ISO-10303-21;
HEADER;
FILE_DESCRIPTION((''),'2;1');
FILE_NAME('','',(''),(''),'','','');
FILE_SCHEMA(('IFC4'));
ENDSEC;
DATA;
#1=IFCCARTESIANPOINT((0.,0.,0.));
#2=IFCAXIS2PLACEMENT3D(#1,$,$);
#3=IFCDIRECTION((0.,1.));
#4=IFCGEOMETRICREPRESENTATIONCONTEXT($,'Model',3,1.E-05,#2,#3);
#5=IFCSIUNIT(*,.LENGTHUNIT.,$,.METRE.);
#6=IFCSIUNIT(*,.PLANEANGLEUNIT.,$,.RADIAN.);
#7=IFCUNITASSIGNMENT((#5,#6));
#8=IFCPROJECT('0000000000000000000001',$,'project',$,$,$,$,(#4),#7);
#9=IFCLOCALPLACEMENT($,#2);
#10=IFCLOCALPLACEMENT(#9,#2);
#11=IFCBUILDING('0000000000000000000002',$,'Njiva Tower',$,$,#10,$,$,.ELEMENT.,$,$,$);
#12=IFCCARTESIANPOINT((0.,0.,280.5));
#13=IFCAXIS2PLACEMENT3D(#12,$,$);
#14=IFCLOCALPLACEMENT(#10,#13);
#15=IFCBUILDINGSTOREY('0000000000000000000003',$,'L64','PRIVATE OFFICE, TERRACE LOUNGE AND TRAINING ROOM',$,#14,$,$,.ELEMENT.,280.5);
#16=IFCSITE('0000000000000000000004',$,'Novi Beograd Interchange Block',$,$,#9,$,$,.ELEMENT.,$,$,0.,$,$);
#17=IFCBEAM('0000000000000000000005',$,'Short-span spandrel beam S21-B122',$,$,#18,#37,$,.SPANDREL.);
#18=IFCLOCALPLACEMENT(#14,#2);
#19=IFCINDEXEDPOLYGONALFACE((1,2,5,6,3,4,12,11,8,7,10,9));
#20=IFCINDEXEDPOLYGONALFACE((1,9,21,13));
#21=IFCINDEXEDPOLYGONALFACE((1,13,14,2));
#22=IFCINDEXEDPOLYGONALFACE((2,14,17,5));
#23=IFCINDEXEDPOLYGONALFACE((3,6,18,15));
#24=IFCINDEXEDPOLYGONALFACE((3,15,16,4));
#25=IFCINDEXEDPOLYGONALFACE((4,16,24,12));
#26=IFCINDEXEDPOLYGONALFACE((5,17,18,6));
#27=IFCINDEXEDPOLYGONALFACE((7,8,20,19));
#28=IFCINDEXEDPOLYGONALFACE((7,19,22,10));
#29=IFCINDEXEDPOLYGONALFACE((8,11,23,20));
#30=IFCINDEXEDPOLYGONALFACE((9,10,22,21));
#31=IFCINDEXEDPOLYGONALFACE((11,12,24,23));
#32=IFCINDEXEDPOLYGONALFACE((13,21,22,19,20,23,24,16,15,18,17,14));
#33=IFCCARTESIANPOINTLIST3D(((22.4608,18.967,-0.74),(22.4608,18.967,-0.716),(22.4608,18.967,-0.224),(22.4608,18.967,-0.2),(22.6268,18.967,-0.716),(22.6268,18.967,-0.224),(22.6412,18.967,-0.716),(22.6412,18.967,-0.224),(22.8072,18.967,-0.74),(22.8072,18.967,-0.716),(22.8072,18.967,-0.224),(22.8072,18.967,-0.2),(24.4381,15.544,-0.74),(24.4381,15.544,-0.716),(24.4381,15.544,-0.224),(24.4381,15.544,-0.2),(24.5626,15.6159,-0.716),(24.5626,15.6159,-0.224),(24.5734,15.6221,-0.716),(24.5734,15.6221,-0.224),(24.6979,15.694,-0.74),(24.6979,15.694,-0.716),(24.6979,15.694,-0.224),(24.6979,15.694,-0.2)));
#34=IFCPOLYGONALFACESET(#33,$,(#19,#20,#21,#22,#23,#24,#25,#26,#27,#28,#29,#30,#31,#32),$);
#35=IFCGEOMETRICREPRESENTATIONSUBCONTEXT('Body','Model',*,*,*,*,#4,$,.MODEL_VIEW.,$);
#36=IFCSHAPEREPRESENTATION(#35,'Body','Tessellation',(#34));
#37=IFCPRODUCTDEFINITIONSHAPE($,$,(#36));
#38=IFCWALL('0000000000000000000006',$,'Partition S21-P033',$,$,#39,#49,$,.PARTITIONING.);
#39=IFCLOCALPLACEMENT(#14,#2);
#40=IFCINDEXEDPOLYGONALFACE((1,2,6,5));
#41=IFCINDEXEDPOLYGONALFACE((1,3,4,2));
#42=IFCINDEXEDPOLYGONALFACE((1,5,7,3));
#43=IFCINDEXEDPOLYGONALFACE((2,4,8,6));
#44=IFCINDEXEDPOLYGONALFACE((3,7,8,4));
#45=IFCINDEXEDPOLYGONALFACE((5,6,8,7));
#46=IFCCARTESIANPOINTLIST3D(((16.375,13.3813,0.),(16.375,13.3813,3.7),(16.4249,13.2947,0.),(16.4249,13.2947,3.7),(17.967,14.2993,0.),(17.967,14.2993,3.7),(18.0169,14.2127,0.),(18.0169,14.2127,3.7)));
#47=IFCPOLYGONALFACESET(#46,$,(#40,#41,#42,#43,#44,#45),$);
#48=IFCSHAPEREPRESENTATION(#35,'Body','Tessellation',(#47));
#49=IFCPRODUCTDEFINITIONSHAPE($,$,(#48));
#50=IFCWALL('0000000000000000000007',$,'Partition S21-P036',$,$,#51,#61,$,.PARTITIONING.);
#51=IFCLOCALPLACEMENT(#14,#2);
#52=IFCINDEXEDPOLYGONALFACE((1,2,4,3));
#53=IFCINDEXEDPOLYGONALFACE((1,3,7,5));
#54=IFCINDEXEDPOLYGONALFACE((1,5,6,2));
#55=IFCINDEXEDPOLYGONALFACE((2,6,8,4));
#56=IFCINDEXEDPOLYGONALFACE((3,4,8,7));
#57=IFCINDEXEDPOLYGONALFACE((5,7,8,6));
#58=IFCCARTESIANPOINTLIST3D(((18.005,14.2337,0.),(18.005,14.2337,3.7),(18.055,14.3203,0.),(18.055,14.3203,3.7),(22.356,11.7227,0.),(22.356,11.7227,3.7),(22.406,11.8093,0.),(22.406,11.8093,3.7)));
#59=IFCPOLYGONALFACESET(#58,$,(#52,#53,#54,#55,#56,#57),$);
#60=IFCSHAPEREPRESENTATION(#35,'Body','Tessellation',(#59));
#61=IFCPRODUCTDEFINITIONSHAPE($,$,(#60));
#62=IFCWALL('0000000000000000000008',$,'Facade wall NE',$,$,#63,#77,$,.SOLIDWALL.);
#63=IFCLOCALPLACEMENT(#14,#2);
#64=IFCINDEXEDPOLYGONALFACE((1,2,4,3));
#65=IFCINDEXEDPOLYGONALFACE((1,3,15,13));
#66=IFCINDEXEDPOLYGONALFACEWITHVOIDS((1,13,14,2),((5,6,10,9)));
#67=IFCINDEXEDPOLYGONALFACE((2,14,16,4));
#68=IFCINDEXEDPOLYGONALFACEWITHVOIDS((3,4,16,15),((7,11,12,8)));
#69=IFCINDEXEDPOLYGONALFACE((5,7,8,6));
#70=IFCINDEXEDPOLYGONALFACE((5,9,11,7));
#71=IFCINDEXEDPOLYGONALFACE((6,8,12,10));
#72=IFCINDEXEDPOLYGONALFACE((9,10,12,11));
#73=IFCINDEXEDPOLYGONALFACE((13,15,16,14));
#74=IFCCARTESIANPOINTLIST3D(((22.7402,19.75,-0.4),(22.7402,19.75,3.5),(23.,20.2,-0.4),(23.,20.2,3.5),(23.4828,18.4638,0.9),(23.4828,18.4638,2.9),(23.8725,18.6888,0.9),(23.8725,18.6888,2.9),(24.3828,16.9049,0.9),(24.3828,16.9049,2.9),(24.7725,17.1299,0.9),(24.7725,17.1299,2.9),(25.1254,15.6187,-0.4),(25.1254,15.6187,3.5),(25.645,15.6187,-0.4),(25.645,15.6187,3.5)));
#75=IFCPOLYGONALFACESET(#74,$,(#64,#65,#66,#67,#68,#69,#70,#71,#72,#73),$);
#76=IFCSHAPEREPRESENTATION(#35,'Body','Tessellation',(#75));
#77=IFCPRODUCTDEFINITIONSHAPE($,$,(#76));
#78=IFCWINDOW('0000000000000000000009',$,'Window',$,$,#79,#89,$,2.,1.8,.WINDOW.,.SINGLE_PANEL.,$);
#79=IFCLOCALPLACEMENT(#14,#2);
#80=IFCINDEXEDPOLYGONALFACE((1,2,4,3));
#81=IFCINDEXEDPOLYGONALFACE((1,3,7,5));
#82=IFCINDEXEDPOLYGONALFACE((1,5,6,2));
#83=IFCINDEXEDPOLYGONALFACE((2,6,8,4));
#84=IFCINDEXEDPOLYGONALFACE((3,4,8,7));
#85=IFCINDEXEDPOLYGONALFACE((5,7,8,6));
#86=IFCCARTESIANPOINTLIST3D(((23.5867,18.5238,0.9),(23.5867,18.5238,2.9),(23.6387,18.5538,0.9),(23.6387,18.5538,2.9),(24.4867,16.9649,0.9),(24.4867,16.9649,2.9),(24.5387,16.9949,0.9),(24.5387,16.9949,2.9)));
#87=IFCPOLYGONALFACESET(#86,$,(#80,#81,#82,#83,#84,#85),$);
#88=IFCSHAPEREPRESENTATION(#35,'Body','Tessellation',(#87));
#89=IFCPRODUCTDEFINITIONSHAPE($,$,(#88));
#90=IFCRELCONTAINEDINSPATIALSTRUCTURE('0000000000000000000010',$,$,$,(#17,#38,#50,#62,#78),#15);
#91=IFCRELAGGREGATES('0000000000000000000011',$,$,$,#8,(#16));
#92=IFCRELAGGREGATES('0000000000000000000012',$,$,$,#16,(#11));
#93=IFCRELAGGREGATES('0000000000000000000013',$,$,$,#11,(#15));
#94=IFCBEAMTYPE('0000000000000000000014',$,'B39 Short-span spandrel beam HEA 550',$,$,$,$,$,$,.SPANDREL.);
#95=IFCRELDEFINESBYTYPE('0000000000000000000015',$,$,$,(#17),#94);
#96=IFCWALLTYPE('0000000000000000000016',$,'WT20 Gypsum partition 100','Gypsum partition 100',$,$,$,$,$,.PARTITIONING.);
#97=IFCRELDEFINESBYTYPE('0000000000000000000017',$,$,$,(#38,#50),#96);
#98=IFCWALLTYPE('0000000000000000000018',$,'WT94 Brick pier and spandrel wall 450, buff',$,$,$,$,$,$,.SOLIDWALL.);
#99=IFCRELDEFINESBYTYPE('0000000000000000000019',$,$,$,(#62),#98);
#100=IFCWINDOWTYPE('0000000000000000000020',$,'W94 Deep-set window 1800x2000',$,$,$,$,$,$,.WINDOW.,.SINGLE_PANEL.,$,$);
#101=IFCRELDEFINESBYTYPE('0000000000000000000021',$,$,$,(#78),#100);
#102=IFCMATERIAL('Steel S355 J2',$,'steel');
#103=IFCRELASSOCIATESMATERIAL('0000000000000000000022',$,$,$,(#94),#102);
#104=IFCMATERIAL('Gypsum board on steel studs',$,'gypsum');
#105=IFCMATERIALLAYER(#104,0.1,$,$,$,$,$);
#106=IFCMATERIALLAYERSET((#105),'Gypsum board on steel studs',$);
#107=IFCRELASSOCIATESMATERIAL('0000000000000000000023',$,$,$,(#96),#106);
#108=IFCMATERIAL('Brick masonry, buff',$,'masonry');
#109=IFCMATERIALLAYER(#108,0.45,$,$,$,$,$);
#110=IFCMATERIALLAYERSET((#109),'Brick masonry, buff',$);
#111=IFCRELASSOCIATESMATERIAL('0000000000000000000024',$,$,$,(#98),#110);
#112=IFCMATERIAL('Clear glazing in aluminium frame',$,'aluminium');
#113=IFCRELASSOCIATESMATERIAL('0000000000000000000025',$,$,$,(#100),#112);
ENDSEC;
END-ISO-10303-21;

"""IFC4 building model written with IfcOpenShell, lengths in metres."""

from ifc_helpers import new_model, si_unit, direction, frame, frame_2d, origin, origin_2d, place, context, subcontext, project, spatial, polyline, rectangle, i_section, outline, extrude, clip, halfspace, material, layer, layer_set, material_profile, profile_set, type_object, element, fill, save


model = new_model("IFC4")

# Units and contexts
model_context = context("Model", 3, precision=1e-05, world=origin(), true_north=direction((0.0, 1.0)))
body_context = subcontext(model_context, "Body", "Model", "MODEL_VIEW")
ifc_project = project(units=[si_unit("LENGTHUNIT", "METRE"), si_unit("PLANEANGLEUNIT", "RADIAN")], contexts=[model_context])

# Site, building, storey
site_placement = place(None, origin())
site = spatial("IfcSite", under=ifc_project, at=site_placement, Name="Novi Beograd Interchange Block", CompositionType="ELEMENT", RefElevation=0.0)
building_placement = place(site_placement, origin())
building = spatial("IfcBuilding", under=site, at=building_placement, Name="Njiva Tower", CompositionType="ELEMENT")
storey_placement = place(building_placement, frame((0.0, 0.0, 280.5)))
storey = spatial("IfcBuildingStorey", under=building, at=storey_placement, Name="L64", Description="PRIVATE OFFICE, TERRACE LOUNGE AND TRAINING ROOM", CompositionType="ELEMENT", Elevation=280.5)

# Shared definitions
ifc_material_1 = material(Name="Steel S355 J2", Category="steel")

# Beam
ifc_material_profile_1 = material_profile(ifc_material_1, i_section(OverallWidth=0.3, OverallDepth=0.54, WebThickness=0.0125, FlangeThickness=0.024, at=origin_2d()), Name="HEA 550")
ifc_profile_set_1 = profile_set([ifc_material_profile_1], Name="Steel S355 J2")
beam_type_1 = type_object("IfcBeamType", Name="B39 Short-span spandrel beam HEA 550", PredefinedType="SPANDREL", material=ifc_profile_set_1)
beam_1_placement = place(storey_placement, frame((24.568, 15.619, -0.47), z_axis=(-0.5002, 0.86591, 0.0), x_axis=(-0.86591, -0.5002, 0.0)))
element("IfcBeam", 1, at=beam_1_placement, inside=storey, type_object=beam_type_1, Name="Short-span spandrel beam S21-B122", PredefinedType="SPANDREL", context=body_context, shape_type="Clipping", body=[
    clip(extrude(i_section(OverallWidth=0.3, OverallDepth=0.54, WebThickness=0.0125, FlangeThickness=0.024, at=origin_2d()), origin(), (0.0, 0.0, 1.0), 3.9735), halfspace(frame((-0.0254, 0.0, 3.8518), z_axis=(-0.5002, 0.0, 0.86591), x_axis=(0.0, 1.0, 0.0)), False)),
])

# Walls
ifc_material_2 = material(Name="Gypsum board on steel studs", Category="gypsum")
ifc_layer_1 = layer(ifc_material_2, 0.1)
ifc_layer_set_1 = layer_set([ifc_layer_1], Name="Gypsum board on steel studs")
wall_type_1 = type_object("IfcWallType", Name="WT20 Gypsum partition 100", Description="Gypsum partition 100", PredefinedType="PARTITIONING", material=ifc_layer_set_1)
wall_1_placement = place(storey_placement, frame((16.4, 13.338, 0.0), z_axis=(0.0, 0.0, 1.0), x_axis=(0.866294, 0.499534, 0.0)))
element("IfcWall", 2, at=wall_1_placement, inside=storey, type_object=wall_type_1, Name="Partition S21-P033", PredefinedType="PARTITIONING", context=body_context, shape_type="SweptSolid", body=[
    extrude(rectangle(XDim=1.8377, YDim=0.1, at=frame_2d((0.9188, 0.0))), origin(), (0.0, 0.0, 1.0), 3.7),
])
wall_2_placement = place(storey_placement, frame((18.03, 14.277, 0.0), z_axis=(0.0, 0.0, 1.0), x_axis=(0.866116, -0.499843, 0.0)))
element("IfcWall", 3, at=wall_2_placement, inside=storey, type_object=wall_type_1, Name="Partition S21-P036", PredefinedType="PARTITIONING", context=body_context, shape_type="SweptSolid", body=[
    extrude(rectangle(XDim=5.0236, YDim=0.1, at=frame_2d((2.5118, 0.0))), origin(), (0.0, 0.0, 1.0), 3.7),
])

# Shared definitions
ifc_material_3 = material(Name="Clear glazing in aluminium frame", Category="aluminium")

# Wall, opening, window
ifc_material_4 = material(Name="Brick masonry, buff", Category="masonry")
ifc_layer_2 = layer(ifc_material_4, 0.45)
ifc_layer_set_2 = layer_set([ifc_layer_2], Name="Brick masonry, buff")
wall_type_2 = type_object("IfcWallType", Name="WT94 Brick pier and spandrel wall 450, buff", PredefinedType="SOLIDWALL", material=ifc_layer_set_2)
wall_3_placement = place(storey_placement, frame((25.3852, 15.6187, -0.4), z_axis=(0.0, 0.0, 1.0), x_axis=(-0.499998, 0.866026, 0.0)))
wall_3 = element("IfcWall", 4, at=wall_3_placement, inside=storey, type_object=wall_type_2, Name="Facade wall NE", PredefinedType="SOLIDWALL", context=body_context, shape_type="SweptSolid", body=[
    extrude(outline(polyline([(-0.1299, -0.225), (5.1601, -0.225), (4.9003, 0.225), (0.1299, 0.225), (-0.1299, -0.225)])), origin(), (0.0, 0.0, 1.0), 3.9),
])
opening_1_placement = place(wall_3_placement, frame((1.6151, 0.0, 1.3)))
opening_1 = element("IfcOpeningElement", 5, at=opening_1_placement, cuts=wall_3, PredefinedType="OPENING", context=body_context, shape_type="SweptSolid", body=[
    extrude(rectangle(XDim=1.8, YDim=2.0, at=frame_2d((0.9, 1.0))), frame((0.0, 0.235, 0.0), z_axis=(0.0, -1.0, 0.0), x_axis=(1.0, 0.0, 0.0)), (0.0, 0.0, 1.0), 0.47),
])
window_type_1 = type_object("IfcWindowType", Name="W94 Deep-set window 1800x2000", PartitioningType="SINGLE_PANEL", PredefinedType="WINDOW", material=ifc_material_3)
window_1_placement = place(opening_1_placement, origin())
window_1 = element("IfcWindow", 6, at=window_1_placement, inside=storey, type_object=window_type_1, Name="Window", OverallHeight=2.0, OverallWidth=1.8, PartitioningType="SINGLE_PANEL", PredefinedType="WINDOW", context=body_context, shape_type="SweptSolid", body=[
    extrude(rectangle(XDim=1.8, YDim=2.0, at=frame_2d((0.9, 1.0))), frame((0.0, 0.105, 0.0), z_axis=(0.0, -1.0, 0.0), x_axis=(1.0, 0.0, 0.0)), (0.0, 0.0, 1.0), 0.06),
])
fill(opening_1, window_1)

save(model, "model.ifc")
